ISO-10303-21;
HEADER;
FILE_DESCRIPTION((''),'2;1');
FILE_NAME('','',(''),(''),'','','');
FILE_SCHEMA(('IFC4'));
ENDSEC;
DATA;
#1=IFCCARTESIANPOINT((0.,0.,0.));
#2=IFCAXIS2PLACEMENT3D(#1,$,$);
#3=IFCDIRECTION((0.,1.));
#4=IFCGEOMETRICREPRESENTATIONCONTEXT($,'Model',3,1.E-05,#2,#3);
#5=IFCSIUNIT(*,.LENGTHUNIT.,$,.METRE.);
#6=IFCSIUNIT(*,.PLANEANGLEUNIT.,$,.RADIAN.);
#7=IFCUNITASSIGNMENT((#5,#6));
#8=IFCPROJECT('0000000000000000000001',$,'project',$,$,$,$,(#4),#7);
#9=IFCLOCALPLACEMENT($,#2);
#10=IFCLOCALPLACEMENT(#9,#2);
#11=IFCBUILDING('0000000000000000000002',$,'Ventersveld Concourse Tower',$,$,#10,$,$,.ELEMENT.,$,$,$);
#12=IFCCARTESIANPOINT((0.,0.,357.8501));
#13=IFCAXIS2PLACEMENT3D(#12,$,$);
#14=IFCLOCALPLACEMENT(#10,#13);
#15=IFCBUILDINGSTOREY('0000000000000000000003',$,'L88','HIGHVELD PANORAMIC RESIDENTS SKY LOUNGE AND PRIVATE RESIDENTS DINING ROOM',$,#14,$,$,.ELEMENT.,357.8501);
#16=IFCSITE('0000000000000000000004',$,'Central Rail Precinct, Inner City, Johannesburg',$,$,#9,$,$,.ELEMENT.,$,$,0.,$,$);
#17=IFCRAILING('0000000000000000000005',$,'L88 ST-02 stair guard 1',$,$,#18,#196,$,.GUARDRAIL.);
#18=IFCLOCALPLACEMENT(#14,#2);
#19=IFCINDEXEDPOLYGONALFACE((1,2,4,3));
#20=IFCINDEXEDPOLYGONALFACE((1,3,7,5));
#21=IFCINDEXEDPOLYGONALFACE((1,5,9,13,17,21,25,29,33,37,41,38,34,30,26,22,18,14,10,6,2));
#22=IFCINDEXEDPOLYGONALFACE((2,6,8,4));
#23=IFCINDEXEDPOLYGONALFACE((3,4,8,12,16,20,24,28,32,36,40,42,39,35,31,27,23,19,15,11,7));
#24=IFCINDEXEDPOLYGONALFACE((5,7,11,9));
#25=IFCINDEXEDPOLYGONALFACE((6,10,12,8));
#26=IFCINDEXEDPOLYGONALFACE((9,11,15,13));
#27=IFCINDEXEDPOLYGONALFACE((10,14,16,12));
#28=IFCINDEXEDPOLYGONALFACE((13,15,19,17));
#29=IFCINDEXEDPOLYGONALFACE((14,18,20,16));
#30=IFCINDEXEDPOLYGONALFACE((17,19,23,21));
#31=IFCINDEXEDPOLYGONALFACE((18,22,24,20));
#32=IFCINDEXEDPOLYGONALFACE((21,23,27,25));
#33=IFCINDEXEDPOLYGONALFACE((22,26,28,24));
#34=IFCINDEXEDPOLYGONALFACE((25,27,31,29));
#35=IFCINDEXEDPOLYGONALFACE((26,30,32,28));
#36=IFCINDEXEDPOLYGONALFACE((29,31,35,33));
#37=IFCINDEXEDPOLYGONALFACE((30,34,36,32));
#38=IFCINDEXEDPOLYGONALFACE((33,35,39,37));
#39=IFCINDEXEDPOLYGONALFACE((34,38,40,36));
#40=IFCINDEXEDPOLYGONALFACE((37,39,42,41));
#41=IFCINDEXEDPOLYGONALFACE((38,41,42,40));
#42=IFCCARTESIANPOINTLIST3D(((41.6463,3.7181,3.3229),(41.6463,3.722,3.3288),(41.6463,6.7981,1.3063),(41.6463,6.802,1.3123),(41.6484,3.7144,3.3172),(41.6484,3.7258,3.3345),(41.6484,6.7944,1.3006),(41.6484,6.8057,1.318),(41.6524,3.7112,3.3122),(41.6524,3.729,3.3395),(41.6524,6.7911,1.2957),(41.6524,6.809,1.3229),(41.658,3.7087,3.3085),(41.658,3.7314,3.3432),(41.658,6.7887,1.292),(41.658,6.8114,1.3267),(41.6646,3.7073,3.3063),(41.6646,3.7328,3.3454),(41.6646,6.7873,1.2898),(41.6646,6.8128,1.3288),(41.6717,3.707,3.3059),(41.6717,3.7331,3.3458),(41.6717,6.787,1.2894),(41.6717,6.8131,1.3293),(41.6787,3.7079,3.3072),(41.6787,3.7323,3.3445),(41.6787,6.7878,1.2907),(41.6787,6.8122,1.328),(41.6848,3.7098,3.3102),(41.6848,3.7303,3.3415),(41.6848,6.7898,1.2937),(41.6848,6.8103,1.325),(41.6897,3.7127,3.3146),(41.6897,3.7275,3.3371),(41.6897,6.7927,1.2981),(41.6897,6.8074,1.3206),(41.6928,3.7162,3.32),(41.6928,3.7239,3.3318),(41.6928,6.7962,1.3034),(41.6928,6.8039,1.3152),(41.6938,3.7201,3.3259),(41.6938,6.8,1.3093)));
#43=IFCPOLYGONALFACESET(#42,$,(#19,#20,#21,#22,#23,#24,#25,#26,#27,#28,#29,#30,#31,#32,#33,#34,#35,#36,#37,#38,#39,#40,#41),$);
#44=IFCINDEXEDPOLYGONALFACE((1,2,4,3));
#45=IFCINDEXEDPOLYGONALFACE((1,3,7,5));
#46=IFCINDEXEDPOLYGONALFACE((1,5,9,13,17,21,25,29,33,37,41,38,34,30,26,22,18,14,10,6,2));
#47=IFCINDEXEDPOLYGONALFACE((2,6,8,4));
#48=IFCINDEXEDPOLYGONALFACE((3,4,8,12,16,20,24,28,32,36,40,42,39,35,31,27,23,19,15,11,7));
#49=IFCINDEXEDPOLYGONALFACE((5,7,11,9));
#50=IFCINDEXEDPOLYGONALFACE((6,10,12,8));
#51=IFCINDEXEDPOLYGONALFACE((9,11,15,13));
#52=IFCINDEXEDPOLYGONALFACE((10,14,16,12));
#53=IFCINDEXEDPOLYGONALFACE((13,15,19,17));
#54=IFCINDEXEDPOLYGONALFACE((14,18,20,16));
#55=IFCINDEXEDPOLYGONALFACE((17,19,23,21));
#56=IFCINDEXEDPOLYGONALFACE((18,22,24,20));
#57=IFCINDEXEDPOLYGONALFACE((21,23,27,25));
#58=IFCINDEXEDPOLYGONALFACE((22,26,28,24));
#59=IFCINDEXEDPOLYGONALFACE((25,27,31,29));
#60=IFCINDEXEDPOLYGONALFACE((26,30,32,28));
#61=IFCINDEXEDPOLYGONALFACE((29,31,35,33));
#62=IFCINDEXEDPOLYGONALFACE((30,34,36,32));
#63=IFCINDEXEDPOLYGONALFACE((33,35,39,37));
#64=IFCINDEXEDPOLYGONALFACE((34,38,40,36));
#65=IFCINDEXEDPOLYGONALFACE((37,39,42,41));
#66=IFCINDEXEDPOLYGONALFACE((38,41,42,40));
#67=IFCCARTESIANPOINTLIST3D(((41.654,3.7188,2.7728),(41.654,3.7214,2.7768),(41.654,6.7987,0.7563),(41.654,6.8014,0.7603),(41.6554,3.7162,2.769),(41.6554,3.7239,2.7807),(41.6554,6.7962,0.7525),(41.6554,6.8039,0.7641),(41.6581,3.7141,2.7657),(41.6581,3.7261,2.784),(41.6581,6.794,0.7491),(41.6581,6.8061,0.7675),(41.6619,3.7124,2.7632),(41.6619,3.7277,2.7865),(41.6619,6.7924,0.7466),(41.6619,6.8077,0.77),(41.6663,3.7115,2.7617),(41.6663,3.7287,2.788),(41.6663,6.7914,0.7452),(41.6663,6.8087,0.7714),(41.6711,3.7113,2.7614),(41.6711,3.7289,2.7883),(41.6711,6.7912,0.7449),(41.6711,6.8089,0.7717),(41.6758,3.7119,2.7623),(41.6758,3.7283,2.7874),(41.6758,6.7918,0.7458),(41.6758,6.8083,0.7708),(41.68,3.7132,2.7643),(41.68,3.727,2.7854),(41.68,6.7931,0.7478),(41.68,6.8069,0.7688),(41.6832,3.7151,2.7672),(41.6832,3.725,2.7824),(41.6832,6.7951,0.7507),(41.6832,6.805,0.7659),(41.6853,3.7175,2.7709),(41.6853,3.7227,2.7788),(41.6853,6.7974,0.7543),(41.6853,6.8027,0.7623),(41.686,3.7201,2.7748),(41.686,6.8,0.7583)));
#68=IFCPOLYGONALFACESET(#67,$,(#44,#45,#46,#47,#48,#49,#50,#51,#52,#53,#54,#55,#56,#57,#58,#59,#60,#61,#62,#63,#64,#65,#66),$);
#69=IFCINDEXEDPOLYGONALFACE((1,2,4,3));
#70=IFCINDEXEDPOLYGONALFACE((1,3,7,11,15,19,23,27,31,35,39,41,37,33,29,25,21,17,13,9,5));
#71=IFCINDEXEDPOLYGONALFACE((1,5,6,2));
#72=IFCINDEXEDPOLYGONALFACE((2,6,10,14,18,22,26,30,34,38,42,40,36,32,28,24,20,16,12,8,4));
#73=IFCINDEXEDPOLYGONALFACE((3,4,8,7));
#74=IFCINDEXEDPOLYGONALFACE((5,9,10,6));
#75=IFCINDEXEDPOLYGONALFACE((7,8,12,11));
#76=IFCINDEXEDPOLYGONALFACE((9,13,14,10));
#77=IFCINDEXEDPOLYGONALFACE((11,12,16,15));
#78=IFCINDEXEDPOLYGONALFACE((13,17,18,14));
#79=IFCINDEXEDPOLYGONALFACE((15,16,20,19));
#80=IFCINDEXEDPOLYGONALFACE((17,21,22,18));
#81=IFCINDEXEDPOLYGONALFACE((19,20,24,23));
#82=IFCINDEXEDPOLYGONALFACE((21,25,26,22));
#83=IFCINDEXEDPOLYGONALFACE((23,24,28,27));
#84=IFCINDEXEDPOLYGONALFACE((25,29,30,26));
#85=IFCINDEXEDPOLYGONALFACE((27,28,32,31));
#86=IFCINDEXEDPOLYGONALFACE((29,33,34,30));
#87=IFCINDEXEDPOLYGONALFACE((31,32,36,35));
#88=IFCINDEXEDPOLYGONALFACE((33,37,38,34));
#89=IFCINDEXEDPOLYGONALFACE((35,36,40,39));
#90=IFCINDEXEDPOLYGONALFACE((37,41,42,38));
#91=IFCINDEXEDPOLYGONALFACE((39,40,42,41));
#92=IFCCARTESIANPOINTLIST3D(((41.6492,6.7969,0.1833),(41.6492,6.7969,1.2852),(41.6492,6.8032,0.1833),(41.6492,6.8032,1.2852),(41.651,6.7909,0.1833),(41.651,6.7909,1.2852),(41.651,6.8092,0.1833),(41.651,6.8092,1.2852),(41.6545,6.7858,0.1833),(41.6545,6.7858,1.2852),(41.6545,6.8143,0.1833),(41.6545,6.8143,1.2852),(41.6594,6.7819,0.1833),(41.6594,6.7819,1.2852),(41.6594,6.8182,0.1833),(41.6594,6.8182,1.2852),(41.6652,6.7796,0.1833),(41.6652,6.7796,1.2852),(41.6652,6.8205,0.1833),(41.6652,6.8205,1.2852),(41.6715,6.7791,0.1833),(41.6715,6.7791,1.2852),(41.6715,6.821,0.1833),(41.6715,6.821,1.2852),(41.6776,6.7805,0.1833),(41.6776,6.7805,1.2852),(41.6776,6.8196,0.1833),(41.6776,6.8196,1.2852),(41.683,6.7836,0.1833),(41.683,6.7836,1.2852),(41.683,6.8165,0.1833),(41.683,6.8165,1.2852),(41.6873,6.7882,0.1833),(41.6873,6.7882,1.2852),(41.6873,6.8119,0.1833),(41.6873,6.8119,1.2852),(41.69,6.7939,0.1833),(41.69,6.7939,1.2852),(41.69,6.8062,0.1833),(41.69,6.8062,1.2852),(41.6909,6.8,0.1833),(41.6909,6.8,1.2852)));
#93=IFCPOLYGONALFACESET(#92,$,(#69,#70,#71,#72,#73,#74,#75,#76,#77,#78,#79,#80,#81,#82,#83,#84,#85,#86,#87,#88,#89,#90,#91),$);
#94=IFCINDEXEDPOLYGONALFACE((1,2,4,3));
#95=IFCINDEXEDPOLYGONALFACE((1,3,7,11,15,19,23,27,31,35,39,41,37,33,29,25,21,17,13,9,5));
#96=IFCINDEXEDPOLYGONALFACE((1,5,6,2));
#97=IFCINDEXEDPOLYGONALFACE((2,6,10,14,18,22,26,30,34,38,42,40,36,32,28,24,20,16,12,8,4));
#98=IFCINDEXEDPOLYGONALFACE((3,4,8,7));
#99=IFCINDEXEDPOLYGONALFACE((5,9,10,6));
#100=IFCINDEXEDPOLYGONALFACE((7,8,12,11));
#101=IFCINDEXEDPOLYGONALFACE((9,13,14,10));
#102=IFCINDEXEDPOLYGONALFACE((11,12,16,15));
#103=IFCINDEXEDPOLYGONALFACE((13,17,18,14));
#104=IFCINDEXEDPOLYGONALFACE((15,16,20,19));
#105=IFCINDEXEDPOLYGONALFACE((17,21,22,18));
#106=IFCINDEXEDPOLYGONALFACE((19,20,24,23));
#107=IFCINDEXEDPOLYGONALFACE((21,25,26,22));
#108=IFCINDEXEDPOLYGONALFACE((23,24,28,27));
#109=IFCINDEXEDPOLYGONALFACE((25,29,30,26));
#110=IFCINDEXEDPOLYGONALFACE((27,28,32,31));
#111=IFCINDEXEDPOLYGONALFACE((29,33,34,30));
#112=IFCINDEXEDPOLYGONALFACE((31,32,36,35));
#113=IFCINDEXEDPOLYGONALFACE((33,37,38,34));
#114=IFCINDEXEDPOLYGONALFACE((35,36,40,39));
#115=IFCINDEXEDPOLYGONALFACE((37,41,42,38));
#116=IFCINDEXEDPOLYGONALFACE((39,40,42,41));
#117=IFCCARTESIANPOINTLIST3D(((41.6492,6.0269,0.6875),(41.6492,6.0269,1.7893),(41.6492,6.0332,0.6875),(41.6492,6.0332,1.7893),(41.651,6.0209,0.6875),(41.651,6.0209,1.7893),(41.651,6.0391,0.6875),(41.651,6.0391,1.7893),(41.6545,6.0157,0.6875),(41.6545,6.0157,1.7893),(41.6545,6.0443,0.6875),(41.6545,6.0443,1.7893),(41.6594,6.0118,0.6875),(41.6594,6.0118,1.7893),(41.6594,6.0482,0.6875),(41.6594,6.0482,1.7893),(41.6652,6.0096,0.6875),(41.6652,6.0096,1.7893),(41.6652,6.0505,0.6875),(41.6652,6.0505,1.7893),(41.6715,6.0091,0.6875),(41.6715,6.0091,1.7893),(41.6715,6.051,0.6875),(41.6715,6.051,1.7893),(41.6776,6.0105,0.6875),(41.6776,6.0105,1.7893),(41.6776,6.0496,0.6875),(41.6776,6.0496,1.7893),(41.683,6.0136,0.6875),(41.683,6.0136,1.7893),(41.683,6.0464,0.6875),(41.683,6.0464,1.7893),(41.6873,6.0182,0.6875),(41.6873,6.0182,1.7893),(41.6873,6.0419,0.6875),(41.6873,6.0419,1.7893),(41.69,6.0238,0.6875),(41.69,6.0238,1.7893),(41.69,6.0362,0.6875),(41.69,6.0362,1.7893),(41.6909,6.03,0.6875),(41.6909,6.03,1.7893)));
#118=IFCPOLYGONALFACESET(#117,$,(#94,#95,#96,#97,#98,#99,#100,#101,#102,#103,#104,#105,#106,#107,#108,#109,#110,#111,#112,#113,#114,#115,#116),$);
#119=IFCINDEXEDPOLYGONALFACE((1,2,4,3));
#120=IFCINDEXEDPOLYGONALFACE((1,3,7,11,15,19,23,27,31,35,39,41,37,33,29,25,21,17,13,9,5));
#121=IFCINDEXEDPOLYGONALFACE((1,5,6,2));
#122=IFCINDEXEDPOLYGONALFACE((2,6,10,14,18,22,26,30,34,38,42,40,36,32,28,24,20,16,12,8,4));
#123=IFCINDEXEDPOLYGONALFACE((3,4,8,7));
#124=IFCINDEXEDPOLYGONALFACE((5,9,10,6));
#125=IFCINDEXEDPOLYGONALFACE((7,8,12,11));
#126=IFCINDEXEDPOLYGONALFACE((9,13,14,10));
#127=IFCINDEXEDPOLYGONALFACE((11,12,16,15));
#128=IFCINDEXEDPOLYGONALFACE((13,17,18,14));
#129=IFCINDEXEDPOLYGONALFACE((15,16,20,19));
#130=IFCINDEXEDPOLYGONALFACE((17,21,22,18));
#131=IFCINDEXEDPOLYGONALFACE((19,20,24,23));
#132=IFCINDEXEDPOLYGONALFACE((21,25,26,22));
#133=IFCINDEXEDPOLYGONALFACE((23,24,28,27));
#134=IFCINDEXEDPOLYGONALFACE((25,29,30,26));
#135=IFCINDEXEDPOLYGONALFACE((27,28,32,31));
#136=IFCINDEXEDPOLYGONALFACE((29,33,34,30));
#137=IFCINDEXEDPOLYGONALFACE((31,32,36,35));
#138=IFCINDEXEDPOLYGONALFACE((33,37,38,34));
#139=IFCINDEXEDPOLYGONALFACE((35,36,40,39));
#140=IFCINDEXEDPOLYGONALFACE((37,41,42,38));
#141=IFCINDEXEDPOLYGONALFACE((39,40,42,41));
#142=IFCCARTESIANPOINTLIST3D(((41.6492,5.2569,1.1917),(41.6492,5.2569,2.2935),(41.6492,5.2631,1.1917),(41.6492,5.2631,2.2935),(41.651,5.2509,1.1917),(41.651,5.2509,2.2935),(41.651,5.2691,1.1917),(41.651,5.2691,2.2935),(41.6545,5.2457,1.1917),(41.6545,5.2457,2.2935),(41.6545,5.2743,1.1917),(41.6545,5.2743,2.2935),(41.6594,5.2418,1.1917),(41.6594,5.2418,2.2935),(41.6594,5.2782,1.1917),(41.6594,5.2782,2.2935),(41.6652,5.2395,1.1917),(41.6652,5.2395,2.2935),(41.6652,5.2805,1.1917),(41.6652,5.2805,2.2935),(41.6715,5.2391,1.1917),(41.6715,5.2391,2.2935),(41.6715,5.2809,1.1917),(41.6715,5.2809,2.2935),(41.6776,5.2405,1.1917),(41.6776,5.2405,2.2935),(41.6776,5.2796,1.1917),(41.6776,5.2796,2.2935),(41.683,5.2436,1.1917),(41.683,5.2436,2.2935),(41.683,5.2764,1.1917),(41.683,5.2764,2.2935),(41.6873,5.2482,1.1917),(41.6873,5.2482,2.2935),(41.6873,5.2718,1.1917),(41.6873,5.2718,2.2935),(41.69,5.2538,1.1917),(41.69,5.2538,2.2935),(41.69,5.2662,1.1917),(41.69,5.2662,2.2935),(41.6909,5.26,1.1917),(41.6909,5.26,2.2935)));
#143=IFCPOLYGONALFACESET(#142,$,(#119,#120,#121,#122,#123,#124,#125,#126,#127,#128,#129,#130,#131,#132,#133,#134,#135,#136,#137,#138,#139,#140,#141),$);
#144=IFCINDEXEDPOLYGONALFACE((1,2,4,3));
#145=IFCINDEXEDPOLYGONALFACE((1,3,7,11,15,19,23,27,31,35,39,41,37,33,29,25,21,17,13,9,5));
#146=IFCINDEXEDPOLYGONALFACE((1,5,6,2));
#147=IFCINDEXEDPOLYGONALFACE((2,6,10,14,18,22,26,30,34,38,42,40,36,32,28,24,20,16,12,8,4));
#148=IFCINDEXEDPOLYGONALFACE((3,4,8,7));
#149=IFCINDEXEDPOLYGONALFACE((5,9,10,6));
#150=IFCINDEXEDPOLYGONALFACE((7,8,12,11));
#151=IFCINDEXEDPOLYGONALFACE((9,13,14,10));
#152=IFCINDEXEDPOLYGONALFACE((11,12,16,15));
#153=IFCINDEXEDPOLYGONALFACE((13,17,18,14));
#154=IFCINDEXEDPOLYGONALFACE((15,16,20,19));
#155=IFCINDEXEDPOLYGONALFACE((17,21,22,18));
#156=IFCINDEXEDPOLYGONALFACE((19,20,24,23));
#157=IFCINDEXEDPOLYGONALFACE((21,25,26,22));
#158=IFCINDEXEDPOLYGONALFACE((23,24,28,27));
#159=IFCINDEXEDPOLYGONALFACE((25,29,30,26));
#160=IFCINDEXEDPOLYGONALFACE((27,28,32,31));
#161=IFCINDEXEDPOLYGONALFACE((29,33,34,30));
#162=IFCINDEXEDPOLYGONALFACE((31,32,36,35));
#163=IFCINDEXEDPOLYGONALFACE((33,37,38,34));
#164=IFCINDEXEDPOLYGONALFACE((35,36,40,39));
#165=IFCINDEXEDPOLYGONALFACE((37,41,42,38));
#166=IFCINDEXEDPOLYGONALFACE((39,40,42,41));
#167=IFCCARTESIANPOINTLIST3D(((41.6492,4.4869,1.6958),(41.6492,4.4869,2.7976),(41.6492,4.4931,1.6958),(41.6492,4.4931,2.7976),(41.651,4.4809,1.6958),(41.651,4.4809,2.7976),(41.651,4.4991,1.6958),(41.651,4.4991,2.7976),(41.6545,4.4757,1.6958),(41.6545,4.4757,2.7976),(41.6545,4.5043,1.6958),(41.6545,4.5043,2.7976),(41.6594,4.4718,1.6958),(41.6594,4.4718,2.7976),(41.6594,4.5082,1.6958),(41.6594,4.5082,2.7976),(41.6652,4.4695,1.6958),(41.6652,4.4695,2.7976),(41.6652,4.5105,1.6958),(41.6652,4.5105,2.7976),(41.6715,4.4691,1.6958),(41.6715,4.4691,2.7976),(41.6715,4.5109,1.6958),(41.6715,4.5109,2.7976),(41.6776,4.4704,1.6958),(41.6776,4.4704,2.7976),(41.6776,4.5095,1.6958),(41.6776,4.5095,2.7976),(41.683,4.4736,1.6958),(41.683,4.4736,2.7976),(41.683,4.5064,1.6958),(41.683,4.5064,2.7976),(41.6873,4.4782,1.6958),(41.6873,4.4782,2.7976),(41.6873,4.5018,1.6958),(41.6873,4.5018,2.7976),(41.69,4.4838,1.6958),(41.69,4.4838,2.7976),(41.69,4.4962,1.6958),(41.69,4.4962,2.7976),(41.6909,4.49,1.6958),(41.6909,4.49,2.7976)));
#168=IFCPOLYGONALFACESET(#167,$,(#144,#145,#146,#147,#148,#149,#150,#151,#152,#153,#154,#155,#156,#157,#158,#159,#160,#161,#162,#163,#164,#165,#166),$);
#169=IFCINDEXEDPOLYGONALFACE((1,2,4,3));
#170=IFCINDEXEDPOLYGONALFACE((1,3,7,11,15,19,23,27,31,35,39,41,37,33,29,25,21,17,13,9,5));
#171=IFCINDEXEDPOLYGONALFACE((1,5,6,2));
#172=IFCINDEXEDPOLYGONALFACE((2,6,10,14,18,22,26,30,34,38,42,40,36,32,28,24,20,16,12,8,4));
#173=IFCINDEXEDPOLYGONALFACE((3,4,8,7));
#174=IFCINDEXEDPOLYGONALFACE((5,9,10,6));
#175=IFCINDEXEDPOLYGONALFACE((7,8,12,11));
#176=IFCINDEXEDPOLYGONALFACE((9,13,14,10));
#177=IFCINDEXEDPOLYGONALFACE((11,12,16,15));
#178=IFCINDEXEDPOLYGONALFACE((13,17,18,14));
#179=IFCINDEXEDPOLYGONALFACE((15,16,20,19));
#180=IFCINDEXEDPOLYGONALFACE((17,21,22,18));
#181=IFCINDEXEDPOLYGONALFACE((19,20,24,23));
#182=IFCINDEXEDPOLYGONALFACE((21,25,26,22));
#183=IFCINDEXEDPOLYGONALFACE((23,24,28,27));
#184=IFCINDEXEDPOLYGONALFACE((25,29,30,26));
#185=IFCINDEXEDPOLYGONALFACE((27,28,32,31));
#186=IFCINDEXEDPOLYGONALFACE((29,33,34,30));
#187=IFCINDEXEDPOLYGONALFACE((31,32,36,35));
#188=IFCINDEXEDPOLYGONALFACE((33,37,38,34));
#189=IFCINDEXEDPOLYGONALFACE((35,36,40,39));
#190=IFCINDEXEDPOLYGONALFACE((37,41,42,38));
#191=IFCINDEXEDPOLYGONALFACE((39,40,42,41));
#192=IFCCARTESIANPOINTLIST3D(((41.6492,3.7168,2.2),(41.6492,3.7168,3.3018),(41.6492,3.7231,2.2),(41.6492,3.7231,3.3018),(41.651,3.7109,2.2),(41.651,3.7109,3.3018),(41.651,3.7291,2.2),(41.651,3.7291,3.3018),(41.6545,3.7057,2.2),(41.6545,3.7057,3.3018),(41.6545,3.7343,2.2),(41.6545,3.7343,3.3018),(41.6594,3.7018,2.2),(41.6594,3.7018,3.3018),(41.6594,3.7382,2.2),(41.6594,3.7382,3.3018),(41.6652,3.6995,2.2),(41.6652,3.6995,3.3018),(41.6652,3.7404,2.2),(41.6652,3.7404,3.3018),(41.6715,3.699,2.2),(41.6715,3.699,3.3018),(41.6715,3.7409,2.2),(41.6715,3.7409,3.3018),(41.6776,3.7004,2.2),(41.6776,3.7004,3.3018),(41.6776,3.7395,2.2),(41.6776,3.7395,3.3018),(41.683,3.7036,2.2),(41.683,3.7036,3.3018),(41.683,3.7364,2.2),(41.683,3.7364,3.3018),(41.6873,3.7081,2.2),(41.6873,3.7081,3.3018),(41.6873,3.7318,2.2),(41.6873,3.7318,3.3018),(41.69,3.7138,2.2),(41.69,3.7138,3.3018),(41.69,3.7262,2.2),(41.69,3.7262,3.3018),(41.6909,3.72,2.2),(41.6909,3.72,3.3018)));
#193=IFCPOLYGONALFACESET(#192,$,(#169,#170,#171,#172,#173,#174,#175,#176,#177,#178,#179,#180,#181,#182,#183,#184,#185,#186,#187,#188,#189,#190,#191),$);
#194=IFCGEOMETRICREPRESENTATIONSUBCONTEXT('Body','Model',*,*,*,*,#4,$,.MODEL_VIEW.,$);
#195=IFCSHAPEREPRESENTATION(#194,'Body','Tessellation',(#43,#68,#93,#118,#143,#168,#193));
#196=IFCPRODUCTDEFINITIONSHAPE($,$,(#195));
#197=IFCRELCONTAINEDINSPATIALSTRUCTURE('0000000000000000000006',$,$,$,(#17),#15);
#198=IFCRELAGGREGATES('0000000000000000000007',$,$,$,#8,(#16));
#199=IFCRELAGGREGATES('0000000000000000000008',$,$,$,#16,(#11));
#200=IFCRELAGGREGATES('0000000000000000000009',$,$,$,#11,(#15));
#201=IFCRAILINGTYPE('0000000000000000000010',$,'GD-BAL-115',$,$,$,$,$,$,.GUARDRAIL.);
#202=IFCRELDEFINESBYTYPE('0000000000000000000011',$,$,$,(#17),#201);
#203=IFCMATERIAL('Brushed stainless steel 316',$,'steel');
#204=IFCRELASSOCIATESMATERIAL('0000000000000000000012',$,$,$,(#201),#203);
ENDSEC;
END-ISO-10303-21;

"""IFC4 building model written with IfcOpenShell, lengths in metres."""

from ifc_helpers import new_model, si_unit, direction, frame, origin, origin_2d, place, context, subcontext, project, spatial, circle, extrude, material, type_object, element, save


model = new_model("IFC4")

# Units and contexts
model_context = context("Model", 3, precision=1e-05, world=origin(), true_north=direction((0.0, 1.0)))
body_context = subcontext(model_context, "Body", "Model", "MODEL_VIEW")
ifc_project = project(units=[si_unit("LENGTHUNIT", "METRE"), si_unit("PLANEANGLEUNIT", "RADIAN")], contexts=[model_context])

# Site, building, storey
site_placement = place(None, origin())
site = spatial("IfcSite", under=ifc_project, at=site_placement, Name="Central Rail Precinct, Inner City, Johannesburg", CompositionType="ELEMENT", RefElevation=0.0)
building_placement = place(site_placement, origin())
building = spatial("IfcBuilding", under=site, at=building_placement, Name="Ventersveld Concourse Tower", CompositionType="ELEMENT")
storey_placement = place(building_placement, frame((0.0, 0.0, 357.8501)))
storey = spatial("IfcBuildingStorey", under=building, at=storey_placement, Name="L88", Description="HIGHVELD PANORAMIC RESIDENTS SKY LOUNGE AND PRIVATE RESIDENTS DINING ROOM", CompositionType="ELEMENT", Elevation=357.8501)

# Railing
ifc_material_1 = material(Name="Brushed stainless steel 316", Category="steel")
railing_type_1 = type_object("IfcRailingType", Name="GD-BAL-115", PredefinedType="GUARDRAIL", material=ifc_material_1)
railing_1_placement = place(storey_placement, frame((41.6699, 6.8, 0.1833)))
element("IfcRailing", 1, at=railing_1_placement, inside=storey, type_object=railing_type_1, Name="L88 ST-02 stair guard 1", PredefinedType="GUARDRAIL", context=body_context, shape_type="SweptSolid", body=[
    extrude(circle(Radius=0.0239, at=origin_2d()), frame((0.0, 0.0, 1.126), z_axis=(0.0, -0.836633, 0.547764), x_axis=(1.0, 0.0, 0.0)), (0.0, 0.0, 1.0), 3.6814),
    extrude(circle(Radius=0.0161, at=origin_2d()), frame((0.0, 0.0, 0.575), z_axis=(0.0, -0.836633, 0.547764), x_axis=(1.0, 0.0, 0.0)), (0.0, 0.0, 1.0), 3.6814),
    extrude(circle(Radius=0.021, at=origin_2d()), origin(), (0.0, 0.0, 1.0), 1.1018),
    extrude(circle(Radius=0.021, at=origin_2d()), frame((0.0, -0.77, 0.5042)), (0.0, 0.0, 1.0), 1.1018),
    extrude(circle(Radius=0.021, at=origin_2d()), frame((0.0, -1.54, 1.0083)), (0.0, 0.0, 1.0), 1.1018),
    extrude(circle(Radius=0.021, at=origin_2d()), frame((0.0, -2.3101, 1.5125)), (0.0, 0.0, 1.0), 1.1018),
    extrude(circle(Radius=0.021, at=origin_2d()), frame((0.0, -3.0801, 2.0166)), (0.0, 0.0, 1.0), 1.1018),
])

save(model, "model.ifc")
